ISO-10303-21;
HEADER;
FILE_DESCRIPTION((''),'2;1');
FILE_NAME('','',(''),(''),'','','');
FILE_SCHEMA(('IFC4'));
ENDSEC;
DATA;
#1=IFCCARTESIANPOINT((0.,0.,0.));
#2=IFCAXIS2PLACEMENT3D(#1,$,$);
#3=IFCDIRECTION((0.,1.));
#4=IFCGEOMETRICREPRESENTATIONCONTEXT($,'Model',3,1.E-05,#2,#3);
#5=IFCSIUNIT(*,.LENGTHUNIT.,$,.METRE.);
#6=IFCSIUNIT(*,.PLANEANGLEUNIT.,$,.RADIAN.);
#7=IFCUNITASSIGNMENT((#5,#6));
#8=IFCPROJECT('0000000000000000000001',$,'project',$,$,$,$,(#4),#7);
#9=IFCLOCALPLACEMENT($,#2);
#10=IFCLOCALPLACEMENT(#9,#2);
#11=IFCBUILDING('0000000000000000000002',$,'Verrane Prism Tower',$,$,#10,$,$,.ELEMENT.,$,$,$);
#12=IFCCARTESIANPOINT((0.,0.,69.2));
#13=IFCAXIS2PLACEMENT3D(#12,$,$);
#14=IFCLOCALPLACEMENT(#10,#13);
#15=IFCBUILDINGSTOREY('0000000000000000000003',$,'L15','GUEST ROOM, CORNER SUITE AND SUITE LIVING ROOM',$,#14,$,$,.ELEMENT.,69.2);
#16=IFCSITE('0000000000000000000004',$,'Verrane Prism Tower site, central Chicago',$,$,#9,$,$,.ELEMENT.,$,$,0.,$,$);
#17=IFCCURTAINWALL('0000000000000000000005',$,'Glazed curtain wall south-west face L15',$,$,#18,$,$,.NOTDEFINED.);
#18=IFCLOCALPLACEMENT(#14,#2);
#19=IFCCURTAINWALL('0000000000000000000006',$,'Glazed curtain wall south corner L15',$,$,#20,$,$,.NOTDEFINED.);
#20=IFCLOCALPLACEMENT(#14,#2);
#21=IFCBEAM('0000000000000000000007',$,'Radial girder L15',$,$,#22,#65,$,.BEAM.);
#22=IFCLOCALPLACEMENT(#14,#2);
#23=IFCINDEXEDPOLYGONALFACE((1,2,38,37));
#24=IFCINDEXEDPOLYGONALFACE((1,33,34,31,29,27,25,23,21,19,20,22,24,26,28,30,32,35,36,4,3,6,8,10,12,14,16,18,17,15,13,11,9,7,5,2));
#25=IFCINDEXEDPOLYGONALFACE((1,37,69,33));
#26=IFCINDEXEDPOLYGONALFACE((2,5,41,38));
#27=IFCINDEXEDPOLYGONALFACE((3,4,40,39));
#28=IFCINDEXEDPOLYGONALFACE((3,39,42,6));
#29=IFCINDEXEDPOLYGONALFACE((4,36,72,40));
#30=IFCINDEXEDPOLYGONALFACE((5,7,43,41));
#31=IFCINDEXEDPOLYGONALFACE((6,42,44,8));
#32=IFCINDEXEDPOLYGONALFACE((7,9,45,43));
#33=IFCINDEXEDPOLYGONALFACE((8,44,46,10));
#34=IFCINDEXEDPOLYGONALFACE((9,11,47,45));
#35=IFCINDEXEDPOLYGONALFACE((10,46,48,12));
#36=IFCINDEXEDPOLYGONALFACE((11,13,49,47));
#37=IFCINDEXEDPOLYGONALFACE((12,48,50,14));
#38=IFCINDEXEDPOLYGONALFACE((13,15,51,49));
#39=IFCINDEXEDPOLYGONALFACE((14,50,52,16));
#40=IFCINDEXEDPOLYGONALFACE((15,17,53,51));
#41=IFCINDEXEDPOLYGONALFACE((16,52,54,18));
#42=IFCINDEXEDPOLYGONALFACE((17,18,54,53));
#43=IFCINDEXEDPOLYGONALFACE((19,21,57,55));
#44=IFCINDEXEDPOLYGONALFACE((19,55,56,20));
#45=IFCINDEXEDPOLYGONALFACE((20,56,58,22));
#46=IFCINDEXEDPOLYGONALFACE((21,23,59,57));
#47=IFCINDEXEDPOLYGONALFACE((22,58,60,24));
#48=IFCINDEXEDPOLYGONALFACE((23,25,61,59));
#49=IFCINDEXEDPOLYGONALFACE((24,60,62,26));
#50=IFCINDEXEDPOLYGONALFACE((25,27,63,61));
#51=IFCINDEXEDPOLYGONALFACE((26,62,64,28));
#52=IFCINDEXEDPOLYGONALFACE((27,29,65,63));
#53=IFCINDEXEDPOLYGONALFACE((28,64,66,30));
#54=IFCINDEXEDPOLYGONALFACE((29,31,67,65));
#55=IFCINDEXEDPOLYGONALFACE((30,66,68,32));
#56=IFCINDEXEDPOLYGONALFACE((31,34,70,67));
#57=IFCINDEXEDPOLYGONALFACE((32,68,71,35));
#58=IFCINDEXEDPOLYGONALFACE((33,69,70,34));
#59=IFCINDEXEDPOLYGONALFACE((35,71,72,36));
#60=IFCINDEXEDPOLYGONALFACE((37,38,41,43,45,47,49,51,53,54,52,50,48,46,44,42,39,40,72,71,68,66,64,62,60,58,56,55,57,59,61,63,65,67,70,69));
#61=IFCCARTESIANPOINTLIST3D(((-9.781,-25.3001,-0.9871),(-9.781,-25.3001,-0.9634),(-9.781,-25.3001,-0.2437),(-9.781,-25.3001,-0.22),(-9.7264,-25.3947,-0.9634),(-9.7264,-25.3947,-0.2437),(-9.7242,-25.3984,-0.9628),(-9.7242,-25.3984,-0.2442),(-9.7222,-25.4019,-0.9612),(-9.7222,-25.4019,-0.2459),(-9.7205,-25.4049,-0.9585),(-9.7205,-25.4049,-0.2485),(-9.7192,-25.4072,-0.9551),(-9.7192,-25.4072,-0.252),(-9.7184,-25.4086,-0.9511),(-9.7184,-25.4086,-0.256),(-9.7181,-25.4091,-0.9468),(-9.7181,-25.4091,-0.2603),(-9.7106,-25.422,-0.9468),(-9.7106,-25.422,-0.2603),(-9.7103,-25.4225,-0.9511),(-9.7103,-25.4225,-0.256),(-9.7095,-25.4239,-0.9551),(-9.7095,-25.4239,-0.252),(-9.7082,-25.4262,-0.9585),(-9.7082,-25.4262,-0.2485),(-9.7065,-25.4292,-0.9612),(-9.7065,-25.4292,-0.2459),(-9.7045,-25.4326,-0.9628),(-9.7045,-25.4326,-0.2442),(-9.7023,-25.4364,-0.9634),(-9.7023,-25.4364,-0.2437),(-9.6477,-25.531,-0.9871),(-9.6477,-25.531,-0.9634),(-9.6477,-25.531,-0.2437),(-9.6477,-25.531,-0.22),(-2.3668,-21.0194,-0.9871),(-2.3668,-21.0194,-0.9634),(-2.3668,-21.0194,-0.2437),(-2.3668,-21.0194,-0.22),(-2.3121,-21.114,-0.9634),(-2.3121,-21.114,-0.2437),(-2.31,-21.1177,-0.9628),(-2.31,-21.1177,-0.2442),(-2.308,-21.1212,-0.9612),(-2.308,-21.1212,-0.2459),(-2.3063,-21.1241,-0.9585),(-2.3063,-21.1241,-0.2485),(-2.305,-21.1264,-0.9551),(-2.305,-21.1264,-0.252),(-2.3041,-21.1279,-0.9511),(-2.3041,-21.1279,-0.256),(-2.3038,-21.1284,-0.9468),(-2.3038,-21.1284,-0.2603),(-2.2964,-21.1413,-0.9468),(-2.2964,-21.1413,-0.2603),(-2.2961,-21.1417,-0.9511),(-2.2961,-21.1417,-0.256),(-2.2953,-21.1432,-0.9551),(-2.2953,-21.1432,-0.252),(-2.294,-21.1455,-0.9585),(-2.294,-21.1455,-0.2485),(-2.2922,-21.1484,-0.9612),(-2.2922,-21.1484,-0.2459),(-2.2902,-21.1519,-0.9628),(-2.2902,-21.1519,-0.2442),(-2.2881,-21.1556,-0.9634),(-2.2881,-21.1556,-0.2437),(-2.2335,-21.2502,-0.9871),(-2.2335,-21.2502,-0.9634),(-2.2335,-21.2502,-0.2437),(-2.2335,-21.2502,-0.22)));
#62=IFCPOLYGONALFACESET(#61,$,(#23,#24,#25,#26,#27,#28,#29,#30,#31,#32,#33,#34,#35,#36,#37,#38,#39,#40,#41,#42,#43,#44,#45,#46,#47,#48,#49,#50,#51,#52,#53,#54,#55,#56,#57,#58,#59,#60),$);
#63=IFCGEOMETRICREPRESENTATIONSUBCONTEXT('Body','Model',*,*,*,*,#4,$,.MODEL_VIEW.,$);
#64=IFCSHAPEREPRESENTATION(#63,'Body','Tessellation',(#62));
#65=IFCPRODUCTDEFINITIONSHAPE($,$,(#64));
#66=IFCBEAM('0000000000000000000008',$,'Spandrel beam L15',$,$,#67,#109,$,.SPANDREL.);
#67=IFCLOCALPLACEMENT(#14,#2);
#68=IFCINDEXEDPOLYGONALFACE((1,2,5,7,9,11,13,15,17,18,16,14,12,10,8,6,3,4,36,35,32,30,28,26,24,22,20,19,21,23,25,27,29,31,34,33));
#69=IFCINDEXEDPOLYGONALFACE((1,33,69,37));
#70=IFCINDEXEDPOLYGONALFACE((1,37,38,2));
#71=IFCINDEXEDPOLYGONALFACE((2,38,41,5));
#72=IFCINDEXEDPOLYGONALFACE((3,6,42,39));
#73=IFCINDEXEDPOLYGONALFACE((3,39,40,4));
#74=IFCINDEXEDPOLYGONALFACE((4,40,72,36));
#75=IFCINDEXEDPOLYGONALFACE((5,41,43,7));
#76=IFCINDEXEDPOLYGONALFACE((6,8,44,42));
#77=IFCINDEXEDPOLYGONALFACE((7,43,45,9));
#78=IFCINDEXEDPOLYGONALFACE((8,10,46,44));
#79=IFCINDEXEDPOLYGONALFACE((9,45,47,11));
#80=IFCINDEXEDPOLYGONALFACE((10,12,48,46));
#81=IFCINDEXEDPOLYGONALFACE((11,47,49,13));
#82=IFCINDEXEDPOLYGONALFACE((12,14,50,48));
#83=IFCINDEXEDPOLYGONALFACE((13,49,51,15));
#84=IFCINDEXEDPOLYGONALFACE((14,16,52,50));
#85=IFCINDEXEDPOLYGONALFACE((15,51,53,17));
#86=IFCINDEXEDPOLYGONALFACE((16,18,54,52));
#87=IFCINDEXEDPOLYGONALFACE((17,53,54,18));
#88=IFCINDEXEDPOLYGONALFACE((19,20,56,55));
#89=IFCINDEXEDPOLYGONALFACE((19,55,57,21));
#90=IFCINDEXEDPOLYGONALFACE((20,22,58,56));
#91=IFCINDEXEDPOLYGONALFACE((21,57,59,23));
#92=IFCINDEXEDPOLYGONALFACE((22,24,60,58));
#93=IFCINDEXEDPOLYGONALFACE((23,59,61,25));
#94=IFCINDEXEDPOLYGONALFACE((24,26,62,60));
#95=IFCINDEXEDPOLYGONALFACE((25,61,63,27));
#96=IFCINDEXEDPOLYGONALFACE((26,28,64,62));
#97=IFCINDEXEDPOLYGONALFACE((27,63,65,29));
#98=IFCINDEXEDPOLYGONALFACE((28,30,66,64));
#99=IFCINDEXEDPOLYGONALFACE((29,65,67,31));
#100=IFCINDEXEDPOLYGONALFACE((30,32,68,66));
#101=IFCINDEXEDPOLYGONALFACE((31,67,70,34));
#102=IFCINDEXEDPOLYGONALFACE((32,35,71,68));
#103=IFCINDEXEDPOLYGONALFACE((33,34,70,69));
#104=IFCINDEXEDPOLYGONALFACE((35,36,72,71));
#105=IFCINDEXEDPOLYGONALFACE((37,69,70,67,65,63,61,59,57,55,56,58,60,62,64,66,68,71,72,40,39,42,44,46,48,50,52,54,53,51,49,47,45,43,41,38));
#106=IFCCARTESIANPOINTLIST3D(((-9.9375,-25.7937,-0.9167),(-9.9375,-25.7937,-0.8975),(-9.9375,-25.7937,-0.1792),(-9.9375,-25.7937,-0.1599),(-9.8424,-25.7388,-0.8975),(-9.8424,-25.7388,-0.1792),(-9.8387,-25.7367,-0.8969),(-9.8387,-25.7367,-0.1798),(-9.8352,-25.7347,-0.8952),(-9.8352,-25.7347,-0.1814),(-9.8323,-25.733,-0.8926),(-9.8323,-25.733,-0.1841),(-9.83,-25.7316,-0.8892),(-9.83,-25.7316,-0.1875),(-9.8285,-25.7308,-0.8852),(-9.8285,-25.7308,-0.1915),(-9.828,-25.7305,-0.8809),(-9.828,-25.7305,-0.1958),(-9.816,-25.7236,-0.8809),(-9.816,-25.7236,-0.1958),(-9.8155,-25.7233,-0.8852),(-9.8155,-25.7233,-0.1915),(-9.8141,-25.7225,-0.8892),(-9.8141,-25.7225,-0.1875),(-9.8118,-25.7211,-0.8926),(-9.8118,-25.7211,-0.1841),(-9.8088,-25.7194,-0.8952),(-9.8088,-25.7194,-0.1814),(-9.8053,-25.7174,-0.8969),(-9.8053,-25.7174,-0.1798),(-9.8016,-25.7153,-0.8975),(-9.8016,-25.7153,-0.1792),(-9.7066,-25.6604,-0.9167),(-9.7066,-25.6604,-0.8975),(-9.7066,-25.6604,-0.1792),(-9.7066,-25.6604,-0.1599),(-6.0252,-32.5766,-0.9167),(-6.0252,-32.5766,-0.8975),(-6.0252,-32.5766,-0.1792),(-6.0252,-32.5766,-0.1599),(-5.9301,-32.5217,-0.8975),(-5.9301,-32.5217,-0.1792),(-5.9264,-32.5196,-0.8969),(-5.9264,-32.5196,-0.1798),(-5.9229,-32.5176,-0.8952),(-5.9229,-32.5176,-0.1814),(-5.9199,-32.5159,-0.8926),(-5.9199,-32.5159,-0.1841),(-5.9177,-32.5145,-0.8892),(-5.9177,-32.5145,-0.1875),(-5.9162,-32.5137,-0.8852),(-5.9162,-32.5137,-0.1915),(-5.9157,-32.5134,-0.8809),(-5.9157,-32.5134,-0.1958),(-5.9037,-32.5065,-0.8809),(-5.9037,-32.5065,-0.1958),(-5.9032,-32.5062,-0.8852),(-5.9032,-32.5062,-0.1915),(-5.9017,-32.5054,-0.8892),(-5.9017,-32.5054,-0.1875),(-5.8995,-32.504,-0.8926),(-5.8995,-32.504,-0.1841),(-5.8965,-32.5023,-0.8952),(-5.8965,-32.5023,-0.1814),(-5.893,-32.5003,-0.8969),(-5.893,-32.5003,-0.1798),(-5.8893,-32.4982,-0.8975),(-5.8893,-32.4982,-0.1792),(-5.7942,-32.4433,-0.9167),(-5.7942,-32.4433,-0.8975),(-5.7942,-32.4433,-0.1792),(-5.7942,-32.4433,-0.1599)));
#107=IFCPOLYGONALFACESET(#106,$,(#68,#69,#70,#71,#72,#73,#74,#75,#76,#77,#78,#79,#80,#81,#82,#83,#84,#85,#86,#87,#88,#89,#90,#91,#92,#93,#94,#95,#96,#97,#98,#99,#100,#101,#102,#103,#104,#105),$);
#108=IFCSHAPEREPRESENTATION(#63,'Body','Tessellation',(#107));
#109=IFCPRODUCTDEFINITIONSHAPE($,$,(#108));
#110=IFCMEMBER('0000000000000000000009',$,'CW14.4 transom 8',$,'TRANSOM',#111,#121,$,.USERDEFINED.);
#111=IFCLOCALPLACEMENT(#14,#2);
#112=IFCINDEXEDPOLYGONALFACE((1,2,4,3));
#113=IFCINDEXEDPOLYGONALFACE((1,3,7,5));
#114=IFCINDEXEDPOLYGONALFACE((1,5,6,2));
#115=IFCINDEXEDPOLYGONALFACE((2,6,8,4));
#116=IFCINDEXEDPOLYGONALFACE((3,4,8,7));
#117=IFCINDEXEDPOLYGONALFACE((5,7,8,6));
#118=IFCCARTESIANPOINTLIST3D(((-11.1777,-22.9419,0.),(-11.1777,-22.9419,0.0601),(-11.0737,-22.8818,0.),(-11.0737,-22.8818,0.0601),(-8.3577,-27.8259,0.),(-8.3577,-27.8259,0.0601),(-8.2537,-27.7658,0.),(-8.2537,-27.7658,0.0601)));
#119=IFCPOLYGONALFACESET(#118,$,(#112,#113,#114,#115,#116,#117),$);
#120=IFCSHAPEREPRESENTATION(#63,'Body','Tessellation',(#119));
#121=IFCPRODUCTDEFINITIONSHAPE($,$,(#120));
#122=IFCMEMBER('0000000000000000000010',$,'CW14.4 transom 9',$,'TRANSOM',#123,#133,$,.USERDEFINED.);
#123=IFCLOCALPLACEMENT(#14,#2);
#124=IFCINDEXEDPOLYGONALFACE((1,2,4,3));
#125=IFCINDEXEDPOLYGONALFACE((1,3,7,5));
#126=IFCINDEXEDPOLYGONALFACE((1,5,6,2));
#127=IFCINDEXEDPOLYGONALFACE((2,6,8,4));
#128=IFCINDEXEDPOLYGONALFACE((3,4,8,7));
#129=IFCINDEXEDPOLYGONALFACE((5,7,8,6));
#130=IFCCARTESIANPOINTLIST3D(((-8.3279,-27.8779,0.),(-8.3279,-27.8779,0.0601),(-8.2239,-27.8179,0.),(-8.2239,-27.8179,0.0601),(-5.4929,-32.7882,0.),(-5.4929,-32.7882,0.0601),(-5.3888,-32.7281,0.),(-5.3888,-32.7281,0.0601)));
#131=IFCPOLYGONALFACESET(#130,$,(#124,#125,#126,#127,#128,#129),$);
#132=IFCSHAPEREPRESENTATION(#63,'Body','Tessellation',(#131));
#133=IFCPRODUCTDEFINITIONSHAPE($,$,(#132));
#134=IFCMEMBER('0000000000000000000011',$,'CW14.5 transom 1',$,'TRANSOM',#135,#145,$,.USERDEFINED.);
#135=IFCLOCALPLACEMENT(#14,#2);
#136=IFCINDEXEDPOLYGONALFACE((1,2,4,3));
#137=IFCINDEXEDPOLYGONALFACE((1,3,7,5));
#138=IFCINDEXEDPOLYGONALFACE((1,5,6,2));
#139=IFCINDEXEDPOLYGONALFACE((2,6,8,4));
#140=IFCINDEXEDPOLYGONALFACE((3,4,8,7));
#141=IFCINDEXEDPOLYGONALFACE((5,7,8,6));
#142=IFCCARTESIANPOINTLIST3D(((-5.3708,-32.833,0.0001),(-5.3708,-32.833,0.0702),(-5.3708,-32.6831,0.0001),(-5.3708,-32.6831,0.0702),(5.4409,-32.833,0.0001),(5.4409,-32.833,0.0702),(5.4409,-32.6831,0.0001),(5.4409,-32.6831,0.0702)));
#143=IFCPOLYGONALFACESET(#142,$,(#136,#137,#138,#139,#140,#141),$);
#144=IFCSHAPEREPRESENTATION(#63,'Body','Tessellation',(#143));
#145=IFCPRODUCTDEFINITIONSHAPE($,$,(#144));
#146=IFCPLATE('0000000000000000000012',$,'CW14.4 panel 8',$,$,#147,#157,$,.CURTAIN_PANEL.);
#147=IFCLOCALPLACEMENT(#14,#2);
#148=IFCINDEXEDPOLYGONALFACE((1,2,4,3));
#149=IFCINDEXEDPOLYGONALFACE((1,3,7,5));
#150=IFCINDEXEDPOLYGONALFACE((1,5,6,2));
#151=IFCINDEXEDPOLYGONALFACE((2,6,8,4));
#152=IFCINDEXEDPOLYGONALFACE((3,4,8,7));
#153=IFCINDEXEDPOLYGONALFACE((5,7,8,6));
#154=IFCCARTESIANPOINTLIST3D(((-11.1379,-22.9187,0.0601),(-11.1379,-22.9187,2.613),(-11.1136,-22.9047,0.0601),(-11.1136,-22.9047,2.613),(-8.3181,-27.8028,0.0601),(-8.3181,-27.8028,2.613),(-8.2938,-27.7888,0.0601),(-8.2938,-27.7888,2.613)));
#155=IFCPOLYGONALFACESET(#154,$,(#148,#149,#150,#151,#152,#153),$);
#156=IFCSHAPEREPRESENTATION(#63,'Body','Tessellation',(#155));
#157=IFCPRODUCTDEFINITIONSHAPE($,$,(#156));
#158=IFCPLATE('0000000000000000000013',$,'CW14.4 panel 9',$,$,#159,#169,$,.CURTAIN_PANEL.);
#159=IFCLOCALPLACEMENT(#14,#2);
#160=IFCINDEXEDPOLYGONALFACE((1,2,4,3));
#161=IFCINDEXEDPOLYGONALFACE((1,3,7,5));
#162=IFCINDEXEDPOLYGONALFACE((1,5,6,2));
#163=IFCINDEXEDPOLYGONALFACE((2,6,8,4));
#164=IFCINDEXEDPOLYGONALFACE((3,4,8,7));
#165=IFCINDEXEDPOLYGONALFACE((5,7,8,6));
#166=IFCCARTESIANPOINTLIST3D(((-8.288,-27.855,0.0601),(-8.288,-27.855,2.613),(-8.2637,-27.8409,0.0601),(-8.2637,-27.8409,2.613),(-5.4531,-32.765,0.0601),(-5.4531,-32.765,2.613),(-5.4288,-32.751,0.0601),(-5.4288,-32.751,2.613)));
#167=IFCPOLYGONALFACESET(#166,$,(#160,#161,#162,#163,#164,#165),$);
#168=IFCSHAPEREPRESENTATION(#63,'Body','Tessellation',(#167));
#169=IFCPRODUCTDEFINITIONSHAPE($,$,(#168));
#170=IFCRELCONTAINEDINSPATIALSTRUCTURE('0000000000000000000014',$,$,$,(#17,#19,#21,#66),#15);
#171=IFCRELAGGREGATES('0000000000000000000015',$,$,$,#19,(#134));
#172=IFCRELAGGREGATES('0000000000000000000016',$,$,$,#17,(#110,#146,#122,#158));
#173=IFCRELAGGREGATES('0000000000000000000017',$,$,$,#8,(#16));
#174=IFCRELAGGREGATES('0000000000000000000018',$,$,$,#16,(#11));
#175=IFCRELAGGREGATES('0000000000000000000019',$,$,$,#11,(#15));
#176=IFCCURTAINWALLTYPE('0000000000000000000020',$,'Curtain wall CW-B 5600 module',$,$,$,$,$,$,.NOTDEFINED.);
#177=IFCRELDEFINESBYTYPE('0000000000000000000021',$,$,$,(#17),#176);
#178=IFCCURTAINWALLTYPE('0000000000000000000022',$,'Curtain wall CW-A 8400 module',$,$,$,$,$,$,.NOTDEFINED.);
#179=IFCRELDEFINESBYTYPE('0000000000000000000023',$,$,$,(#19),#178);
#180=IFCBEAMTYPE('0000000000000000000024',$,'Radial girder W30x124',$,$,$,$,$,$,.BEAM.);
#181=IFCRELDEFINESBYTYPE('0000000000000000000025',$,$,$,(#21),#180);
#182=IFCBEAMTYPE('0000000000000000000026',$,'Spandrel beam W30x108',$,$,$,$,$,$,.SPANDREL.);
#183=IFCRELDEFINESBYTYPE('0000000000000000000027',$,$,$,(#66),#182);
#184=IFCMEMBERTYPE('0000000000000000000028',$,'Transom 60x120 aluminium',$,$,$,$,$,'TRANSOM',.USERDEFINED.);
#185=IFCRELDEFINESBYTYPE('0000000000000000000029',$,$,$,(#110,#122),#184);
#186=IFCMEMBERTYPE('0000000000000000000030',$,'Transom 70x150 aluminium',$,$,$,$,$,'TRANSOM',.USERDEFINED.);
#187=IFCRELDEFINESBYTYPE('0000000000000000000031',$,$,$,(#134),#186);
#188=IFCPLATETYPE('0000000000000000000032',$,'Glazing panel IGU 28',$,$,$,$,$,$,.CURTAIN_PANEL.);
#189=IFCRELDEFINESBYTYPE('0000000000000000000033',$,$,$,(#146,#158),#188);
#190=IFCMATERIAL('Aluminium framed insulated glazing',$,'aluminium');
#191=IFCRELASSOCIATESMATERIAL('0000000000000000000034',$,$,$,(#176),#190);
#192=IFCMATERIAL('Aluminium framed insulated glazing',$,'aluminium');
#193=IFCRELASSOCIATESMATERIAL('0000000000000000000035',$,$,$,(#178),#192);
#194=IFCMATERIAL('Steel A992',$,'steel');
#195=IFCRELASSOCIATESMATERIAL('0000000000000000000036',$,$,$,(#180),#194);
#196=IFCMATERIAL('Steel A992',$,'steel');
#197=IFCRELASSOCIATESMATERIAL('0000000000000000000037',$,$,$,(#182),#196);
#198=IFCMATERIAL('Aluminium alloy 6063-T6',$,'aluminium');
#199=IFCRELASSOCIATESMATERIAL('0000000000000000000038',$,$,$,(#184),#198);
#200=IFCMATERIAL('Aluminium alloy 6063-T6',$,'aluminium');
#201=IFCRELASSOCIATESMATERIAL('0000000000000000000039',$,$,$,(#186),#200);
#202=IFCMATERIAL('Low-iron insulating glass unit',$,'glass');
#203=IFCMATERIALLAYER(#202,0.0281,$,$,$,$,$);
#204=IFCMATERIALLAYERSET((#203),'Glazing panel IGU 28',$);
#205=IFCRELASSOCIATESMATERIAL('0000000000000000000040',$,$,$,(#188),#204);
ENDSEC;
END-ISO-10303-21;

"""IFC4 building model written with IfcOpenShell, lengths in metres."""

from ifc_helpers import new_model, si_unit, direction, frame, origin, origin_2d, place, context, subcontext, project, spatial, rectangle, i_section, extrude, material, layer, layer_set, material_profile, profile_set, type_object, element, aggregate, save


model = new_model("IFC4")

# Units and contexts
model_context = context("Model", 3, precision=1e-05, world=origin(), true_north=direction((0.0, 1.0)))
body_context = subcontext(model_context, "Body", "Model", "MODEL_VIEW")
ifc_project = project(units=[si_unit("LENGTHUNIT", "METRE"), si_unit("PLANEANGLEUNIT", "RADIAN")], contexts=[model_context])

# Site, building, storey
site_placement = place(None, origin())
site = spatial("IfcSite", under=ifc_project, at=site_placement, Name="Verrane Prism Tower site, central Chicago", CompositionType="ELEMENT", RefElevation=0.0)
building_placement = place(site_placement, origin())
building = spatial("IfcBuilding", under=site, at=building_placement, Name="Verrane Prism Tower", CompositionType="ELEMENT")
storey_placement = place(building_placement, frame((0.0, 0.0, 69.2)))
storey = spatial("IfcBuildingStorey", under=building, at=storey_placement, Name="L15", Description="GUEST ROOM, CORNER SUITE AND SUITE LIVING ROOM", CompositionType="ELEMENT", Elevation=69.2)

# Curtain wall
ifc_material_1 = material(Name="Aluminium framed insulated glazing", Category="aluminium")
curtain_wall_type_1 = type_object("IfcCurtainWallType", Name="Curtain wall CW-B 5600 module", PredefinedType="NOTDEFINED", material=ifc_material_1)
curtain_wall_1_placement = place(storey_placement, origin())
curtain_wall_1 = element("IfcCurtainWall", 1, at=curtain_wall_1_placement, inside=storey, type_object=curtain_wall_type_1, Name="Glazed curtain wall south-west face L15", PredefinedType="NOTDEFINED")

# Curtain wall
ifc_material_2 = material(Name="Aluminium framed insulated glazing", Category="aluminium")
curtain_wall_type_2 = type_object("IfcCurtainWallType", Name="Curtain wall CW-A 8400 module", PredefinedType="NOTDEFINED", material=ifc_material_2)
curtain_wall_2_placement = place(storey_placement, origin())
curtain_wall_2 = element("IfcCurtainWall", 2, at=curtain_wall_2_placement, inside=storey, type_object=curtain_wall_type_2, Name="Glazed curtain wall south corner L15", PredefinedType="NOTDEFINED")

# Beams
ifc_material_3 = material(Name="Steel A992", Category="steel")
ifc_material_profile_1 = material_profile(ifc_material_3, i_section(OverallWidth=0.2666, OverallDepth=0.7671, WebThickness=0.0149, FlangeThickness=0.0237, FilletRadius=0.0166, at=origin_2d()), Name="W30x124")
ifc_profile_set_1 = profile_set([ifc_material_profile_1], Name="Steel A992")
beam_type_1 = type_object("IfcBeamType", Name="Radial girder W30x124", PredefinedType="BEAM", material=ifc_profile_set_1)
beam_1_placement = place(storey_placement, frame((-9.7144, -25.4155, -0.6035), z_axis=(0.86602, 0.50001, 0.0), x_axis=(-0.50001, 0.86602, 0.0)))
element("IfcBeam", 3, at=beam_1_placement, inside=storey, type_object=beam_type_1, Name="Radial girder L15", PredefinedType="BEAM", context=body_context, shape_type="SweptSolid", body=[
    extrude(i_section(OverallWidth=0.2666, OverallDepth=0.7671, WebThickness=0.0149, FlangeThickness=0.0237, FilletRadius=0.0166, at=origin_2d()), origin(), (0.0, 0.0, 1.0), 8.5613),
])
ifc_material_4 = material(Name="Steel A992", Category="steel")
ifc_material_profile_2 = material_profile(ifc_material_4, i_section(OverallWidth=0.2666, OverallDepth=0.7568, WebThickness=0.0139, FlangeThickness=0.0193, FilletRadius=0.0166, at=origin_2d()), Name="W30x108")
ifc_profile_set_2 = profile_set([ifc_material_profile_2], Name="Steel A992")
beam_type_2 = type_object("IfcBeamType", Name="Spandrel beam W30x108", PredefinedType="SPANDREL", material=ifc_profile_set_2)
beam_2_placement = place(storey_placement, frame((-9.822, -25.7271, -0.5383), z_axis=(0.499637, -0.866235, 0.0), x_axis=(0.866235, 0.499637, 0.0)))
element("IfcBeam", 4, at=beam_2_placement, inside=storey, type_object=beam_type_2, Name="Spandrel beam L15", PredefinedType="SPANDREL", context=body_context, shape_type="SweptSolid", body=[
    extrude(i_section(OverallWidth=0.2666, OverallDepth=0.7568, WebThickness=0.0139, FlangeThickness=0.0193, FilletRadius=0.0166, at=origin_2d()), origin(), (0.0, 0.0, 1.0), 7.8303),
])

# Members
ifc_material_5 = material(Name="Aluminium alloy 6063-T6", Category="aluminium")
ifc_material_profile_3 = material_profile(ifc_material_5, rectangle(XDim=0.1201, YDim=0.0601, at=origin_2d()), Name="Transom 60x120 aluminium")
ifc_profile_set_3 = profile_set([ifc_material_profile_3], Name="Aluminium alloy 6063-T6")
member_type_1 = type_object("IfcMemberType", Name="Transom 60x120 aluminium", ElementType="TRANSOM", PredefinedType="USERDEFINED", material=ifc_profile_set_3)
member_1_placement = place(storey_placement, frame((-11.1257, -22.9119, 0.03), z_axis=(0.500036, -0.866005, 0.0), x_axis=(0.866005, 0.500036, 0.0)))
member_1 = element("IfcMember", 5, at=member_1_placement, type_object=member_type_1, Name="CW14.4 transom 8", ObjectType="TRANSOM", PredefinedType="USERDEFINED", context=body_context, shape_type="SweptSolid", body=[
    extrude(rectangle(XDim=0.1201, YDim=0.0601, at=origin_2d()), origin(), (0.0, 0.0, 1.0), 5.6396),
])
member_2_placement = place(storey_placement, frame((-8.2759, -27.8479, 0.03), z_axis=(0.500011, -0.866019, 0.0), x_axis=(0.866019, 0.500011, 0.0)))
member_2 = element("IfcMember", 6, at=member_2_placement, type_object=member_type_1, Name="CW14.4 transom 9", ObjectType="TRANSOM", PredefinedType="USERDEFINED", context=body_context, shape_type="SweptSolid", body=[
    extrude(rectangle(XDim=0.1201, YDim=0.0601, at=origin_2d()), origin(), (0.0, 0.0, 1.0), 5.6699),
])
ifc_material_6 = material(Name="Aluminium alloy 6063-T6", Category="aluminium")
ifc_material_profile_4 = material_profile(ifc_material_6, rectangle(XDim=0.1499, YDim=0.0701, at=origin_2d()), Name="Transom 70x150 aluminium")
ifc_profile_set_4 = profile_set([ifc_material_profile_4], Name="Aluminium alloy 6063-T6")
member_type_2 = type_object("IfcMemberType", Name="Transom 70x150 aluminium", ElementType="TRANSOM", PredefinedType="USERDEFINED", material=ifc_profile_set_4)
member_3_placement = place(storey_placement, frame((-5.3708, -32.7581, 0.0352), z_axis=(1.0, 0.0, 0.0), x_axis=(0.0, 1.0, 0.0)))
member_3 = element("IfcMember", 7, at=member_3_placement, type_object=member_type_2, Name="CW14.5 transom 1", ObjectType="TRANSOM", PredefinedType="USERDEFINED", context=body_context, shape_type="SweptSolid", body=[
    extrude(rectangle(XDim=0.1499, YDim=0.0701, at=origin_2d()), origin(), (0.0, 0.0, 1.0), 10.8118),
])
aggregate(curtain_wall_2, [member_3])

# Plates
ifc_material_7 = material(Name="Low-iron insulating glass unit", Category="glass")
ifc_layer_1 = layer(ifc_material_7, 0.0281)
ifc_layer_set_1 = layer_set([ifc_layer_1], Name="Glazing panel IGU 28")
plate_type = type_object("IfcPlateType", Name="Glazing panel IGU 28", PredefinedType="CURTAIN_PANEL", material=ifc_layer_set_1)
plate_1_placement = place(storey_placement, frame((-9.7158, -25.3538, 0.0601), z_axis=(0.0, 0.0, 1.0), x_axis=(0.5, -0.866025, 0.0)))
plate_1 = element("IfcPlate", 8, at=plate_1_placement, type_object=plate_type, Name="CW14.4 panel 8", PredefinedType="CURTAIN_PANEL", context=body_context, shape_type="SweptSolid", body=[
    extrude(rectangle(XDim=5.6396, YDim=0.0281, at=origin_2d()), origin(), (0.0, 0.0, 1.0), 2.553),
])
plate_2_placement = place(storey_placement, frame((-6.8584, -30.303, 0.0601), z_axis=(0.0, 0.0, 1.0), x_axis=(0.5, -0.866025, 0.0)))
plate_2 = element("IfcPlate", 9, at=plate_2_placement, type_object=plate_type, Name="CW14.4 panel 9", PredefinedType="CURTAIN_PANEL", context=body_context, shape_type="SweptSolid", body=[
    extrude(rectangle(XDim=5.6697, YDim=0.0281, at=origin_2d()), origin(), (0.0, 0.0, 1.0), 2.553),
])
aggregate(curtain_wall_1, [member_1, plate_1, member_2, plate_2])

save(model, "model.ifc")
